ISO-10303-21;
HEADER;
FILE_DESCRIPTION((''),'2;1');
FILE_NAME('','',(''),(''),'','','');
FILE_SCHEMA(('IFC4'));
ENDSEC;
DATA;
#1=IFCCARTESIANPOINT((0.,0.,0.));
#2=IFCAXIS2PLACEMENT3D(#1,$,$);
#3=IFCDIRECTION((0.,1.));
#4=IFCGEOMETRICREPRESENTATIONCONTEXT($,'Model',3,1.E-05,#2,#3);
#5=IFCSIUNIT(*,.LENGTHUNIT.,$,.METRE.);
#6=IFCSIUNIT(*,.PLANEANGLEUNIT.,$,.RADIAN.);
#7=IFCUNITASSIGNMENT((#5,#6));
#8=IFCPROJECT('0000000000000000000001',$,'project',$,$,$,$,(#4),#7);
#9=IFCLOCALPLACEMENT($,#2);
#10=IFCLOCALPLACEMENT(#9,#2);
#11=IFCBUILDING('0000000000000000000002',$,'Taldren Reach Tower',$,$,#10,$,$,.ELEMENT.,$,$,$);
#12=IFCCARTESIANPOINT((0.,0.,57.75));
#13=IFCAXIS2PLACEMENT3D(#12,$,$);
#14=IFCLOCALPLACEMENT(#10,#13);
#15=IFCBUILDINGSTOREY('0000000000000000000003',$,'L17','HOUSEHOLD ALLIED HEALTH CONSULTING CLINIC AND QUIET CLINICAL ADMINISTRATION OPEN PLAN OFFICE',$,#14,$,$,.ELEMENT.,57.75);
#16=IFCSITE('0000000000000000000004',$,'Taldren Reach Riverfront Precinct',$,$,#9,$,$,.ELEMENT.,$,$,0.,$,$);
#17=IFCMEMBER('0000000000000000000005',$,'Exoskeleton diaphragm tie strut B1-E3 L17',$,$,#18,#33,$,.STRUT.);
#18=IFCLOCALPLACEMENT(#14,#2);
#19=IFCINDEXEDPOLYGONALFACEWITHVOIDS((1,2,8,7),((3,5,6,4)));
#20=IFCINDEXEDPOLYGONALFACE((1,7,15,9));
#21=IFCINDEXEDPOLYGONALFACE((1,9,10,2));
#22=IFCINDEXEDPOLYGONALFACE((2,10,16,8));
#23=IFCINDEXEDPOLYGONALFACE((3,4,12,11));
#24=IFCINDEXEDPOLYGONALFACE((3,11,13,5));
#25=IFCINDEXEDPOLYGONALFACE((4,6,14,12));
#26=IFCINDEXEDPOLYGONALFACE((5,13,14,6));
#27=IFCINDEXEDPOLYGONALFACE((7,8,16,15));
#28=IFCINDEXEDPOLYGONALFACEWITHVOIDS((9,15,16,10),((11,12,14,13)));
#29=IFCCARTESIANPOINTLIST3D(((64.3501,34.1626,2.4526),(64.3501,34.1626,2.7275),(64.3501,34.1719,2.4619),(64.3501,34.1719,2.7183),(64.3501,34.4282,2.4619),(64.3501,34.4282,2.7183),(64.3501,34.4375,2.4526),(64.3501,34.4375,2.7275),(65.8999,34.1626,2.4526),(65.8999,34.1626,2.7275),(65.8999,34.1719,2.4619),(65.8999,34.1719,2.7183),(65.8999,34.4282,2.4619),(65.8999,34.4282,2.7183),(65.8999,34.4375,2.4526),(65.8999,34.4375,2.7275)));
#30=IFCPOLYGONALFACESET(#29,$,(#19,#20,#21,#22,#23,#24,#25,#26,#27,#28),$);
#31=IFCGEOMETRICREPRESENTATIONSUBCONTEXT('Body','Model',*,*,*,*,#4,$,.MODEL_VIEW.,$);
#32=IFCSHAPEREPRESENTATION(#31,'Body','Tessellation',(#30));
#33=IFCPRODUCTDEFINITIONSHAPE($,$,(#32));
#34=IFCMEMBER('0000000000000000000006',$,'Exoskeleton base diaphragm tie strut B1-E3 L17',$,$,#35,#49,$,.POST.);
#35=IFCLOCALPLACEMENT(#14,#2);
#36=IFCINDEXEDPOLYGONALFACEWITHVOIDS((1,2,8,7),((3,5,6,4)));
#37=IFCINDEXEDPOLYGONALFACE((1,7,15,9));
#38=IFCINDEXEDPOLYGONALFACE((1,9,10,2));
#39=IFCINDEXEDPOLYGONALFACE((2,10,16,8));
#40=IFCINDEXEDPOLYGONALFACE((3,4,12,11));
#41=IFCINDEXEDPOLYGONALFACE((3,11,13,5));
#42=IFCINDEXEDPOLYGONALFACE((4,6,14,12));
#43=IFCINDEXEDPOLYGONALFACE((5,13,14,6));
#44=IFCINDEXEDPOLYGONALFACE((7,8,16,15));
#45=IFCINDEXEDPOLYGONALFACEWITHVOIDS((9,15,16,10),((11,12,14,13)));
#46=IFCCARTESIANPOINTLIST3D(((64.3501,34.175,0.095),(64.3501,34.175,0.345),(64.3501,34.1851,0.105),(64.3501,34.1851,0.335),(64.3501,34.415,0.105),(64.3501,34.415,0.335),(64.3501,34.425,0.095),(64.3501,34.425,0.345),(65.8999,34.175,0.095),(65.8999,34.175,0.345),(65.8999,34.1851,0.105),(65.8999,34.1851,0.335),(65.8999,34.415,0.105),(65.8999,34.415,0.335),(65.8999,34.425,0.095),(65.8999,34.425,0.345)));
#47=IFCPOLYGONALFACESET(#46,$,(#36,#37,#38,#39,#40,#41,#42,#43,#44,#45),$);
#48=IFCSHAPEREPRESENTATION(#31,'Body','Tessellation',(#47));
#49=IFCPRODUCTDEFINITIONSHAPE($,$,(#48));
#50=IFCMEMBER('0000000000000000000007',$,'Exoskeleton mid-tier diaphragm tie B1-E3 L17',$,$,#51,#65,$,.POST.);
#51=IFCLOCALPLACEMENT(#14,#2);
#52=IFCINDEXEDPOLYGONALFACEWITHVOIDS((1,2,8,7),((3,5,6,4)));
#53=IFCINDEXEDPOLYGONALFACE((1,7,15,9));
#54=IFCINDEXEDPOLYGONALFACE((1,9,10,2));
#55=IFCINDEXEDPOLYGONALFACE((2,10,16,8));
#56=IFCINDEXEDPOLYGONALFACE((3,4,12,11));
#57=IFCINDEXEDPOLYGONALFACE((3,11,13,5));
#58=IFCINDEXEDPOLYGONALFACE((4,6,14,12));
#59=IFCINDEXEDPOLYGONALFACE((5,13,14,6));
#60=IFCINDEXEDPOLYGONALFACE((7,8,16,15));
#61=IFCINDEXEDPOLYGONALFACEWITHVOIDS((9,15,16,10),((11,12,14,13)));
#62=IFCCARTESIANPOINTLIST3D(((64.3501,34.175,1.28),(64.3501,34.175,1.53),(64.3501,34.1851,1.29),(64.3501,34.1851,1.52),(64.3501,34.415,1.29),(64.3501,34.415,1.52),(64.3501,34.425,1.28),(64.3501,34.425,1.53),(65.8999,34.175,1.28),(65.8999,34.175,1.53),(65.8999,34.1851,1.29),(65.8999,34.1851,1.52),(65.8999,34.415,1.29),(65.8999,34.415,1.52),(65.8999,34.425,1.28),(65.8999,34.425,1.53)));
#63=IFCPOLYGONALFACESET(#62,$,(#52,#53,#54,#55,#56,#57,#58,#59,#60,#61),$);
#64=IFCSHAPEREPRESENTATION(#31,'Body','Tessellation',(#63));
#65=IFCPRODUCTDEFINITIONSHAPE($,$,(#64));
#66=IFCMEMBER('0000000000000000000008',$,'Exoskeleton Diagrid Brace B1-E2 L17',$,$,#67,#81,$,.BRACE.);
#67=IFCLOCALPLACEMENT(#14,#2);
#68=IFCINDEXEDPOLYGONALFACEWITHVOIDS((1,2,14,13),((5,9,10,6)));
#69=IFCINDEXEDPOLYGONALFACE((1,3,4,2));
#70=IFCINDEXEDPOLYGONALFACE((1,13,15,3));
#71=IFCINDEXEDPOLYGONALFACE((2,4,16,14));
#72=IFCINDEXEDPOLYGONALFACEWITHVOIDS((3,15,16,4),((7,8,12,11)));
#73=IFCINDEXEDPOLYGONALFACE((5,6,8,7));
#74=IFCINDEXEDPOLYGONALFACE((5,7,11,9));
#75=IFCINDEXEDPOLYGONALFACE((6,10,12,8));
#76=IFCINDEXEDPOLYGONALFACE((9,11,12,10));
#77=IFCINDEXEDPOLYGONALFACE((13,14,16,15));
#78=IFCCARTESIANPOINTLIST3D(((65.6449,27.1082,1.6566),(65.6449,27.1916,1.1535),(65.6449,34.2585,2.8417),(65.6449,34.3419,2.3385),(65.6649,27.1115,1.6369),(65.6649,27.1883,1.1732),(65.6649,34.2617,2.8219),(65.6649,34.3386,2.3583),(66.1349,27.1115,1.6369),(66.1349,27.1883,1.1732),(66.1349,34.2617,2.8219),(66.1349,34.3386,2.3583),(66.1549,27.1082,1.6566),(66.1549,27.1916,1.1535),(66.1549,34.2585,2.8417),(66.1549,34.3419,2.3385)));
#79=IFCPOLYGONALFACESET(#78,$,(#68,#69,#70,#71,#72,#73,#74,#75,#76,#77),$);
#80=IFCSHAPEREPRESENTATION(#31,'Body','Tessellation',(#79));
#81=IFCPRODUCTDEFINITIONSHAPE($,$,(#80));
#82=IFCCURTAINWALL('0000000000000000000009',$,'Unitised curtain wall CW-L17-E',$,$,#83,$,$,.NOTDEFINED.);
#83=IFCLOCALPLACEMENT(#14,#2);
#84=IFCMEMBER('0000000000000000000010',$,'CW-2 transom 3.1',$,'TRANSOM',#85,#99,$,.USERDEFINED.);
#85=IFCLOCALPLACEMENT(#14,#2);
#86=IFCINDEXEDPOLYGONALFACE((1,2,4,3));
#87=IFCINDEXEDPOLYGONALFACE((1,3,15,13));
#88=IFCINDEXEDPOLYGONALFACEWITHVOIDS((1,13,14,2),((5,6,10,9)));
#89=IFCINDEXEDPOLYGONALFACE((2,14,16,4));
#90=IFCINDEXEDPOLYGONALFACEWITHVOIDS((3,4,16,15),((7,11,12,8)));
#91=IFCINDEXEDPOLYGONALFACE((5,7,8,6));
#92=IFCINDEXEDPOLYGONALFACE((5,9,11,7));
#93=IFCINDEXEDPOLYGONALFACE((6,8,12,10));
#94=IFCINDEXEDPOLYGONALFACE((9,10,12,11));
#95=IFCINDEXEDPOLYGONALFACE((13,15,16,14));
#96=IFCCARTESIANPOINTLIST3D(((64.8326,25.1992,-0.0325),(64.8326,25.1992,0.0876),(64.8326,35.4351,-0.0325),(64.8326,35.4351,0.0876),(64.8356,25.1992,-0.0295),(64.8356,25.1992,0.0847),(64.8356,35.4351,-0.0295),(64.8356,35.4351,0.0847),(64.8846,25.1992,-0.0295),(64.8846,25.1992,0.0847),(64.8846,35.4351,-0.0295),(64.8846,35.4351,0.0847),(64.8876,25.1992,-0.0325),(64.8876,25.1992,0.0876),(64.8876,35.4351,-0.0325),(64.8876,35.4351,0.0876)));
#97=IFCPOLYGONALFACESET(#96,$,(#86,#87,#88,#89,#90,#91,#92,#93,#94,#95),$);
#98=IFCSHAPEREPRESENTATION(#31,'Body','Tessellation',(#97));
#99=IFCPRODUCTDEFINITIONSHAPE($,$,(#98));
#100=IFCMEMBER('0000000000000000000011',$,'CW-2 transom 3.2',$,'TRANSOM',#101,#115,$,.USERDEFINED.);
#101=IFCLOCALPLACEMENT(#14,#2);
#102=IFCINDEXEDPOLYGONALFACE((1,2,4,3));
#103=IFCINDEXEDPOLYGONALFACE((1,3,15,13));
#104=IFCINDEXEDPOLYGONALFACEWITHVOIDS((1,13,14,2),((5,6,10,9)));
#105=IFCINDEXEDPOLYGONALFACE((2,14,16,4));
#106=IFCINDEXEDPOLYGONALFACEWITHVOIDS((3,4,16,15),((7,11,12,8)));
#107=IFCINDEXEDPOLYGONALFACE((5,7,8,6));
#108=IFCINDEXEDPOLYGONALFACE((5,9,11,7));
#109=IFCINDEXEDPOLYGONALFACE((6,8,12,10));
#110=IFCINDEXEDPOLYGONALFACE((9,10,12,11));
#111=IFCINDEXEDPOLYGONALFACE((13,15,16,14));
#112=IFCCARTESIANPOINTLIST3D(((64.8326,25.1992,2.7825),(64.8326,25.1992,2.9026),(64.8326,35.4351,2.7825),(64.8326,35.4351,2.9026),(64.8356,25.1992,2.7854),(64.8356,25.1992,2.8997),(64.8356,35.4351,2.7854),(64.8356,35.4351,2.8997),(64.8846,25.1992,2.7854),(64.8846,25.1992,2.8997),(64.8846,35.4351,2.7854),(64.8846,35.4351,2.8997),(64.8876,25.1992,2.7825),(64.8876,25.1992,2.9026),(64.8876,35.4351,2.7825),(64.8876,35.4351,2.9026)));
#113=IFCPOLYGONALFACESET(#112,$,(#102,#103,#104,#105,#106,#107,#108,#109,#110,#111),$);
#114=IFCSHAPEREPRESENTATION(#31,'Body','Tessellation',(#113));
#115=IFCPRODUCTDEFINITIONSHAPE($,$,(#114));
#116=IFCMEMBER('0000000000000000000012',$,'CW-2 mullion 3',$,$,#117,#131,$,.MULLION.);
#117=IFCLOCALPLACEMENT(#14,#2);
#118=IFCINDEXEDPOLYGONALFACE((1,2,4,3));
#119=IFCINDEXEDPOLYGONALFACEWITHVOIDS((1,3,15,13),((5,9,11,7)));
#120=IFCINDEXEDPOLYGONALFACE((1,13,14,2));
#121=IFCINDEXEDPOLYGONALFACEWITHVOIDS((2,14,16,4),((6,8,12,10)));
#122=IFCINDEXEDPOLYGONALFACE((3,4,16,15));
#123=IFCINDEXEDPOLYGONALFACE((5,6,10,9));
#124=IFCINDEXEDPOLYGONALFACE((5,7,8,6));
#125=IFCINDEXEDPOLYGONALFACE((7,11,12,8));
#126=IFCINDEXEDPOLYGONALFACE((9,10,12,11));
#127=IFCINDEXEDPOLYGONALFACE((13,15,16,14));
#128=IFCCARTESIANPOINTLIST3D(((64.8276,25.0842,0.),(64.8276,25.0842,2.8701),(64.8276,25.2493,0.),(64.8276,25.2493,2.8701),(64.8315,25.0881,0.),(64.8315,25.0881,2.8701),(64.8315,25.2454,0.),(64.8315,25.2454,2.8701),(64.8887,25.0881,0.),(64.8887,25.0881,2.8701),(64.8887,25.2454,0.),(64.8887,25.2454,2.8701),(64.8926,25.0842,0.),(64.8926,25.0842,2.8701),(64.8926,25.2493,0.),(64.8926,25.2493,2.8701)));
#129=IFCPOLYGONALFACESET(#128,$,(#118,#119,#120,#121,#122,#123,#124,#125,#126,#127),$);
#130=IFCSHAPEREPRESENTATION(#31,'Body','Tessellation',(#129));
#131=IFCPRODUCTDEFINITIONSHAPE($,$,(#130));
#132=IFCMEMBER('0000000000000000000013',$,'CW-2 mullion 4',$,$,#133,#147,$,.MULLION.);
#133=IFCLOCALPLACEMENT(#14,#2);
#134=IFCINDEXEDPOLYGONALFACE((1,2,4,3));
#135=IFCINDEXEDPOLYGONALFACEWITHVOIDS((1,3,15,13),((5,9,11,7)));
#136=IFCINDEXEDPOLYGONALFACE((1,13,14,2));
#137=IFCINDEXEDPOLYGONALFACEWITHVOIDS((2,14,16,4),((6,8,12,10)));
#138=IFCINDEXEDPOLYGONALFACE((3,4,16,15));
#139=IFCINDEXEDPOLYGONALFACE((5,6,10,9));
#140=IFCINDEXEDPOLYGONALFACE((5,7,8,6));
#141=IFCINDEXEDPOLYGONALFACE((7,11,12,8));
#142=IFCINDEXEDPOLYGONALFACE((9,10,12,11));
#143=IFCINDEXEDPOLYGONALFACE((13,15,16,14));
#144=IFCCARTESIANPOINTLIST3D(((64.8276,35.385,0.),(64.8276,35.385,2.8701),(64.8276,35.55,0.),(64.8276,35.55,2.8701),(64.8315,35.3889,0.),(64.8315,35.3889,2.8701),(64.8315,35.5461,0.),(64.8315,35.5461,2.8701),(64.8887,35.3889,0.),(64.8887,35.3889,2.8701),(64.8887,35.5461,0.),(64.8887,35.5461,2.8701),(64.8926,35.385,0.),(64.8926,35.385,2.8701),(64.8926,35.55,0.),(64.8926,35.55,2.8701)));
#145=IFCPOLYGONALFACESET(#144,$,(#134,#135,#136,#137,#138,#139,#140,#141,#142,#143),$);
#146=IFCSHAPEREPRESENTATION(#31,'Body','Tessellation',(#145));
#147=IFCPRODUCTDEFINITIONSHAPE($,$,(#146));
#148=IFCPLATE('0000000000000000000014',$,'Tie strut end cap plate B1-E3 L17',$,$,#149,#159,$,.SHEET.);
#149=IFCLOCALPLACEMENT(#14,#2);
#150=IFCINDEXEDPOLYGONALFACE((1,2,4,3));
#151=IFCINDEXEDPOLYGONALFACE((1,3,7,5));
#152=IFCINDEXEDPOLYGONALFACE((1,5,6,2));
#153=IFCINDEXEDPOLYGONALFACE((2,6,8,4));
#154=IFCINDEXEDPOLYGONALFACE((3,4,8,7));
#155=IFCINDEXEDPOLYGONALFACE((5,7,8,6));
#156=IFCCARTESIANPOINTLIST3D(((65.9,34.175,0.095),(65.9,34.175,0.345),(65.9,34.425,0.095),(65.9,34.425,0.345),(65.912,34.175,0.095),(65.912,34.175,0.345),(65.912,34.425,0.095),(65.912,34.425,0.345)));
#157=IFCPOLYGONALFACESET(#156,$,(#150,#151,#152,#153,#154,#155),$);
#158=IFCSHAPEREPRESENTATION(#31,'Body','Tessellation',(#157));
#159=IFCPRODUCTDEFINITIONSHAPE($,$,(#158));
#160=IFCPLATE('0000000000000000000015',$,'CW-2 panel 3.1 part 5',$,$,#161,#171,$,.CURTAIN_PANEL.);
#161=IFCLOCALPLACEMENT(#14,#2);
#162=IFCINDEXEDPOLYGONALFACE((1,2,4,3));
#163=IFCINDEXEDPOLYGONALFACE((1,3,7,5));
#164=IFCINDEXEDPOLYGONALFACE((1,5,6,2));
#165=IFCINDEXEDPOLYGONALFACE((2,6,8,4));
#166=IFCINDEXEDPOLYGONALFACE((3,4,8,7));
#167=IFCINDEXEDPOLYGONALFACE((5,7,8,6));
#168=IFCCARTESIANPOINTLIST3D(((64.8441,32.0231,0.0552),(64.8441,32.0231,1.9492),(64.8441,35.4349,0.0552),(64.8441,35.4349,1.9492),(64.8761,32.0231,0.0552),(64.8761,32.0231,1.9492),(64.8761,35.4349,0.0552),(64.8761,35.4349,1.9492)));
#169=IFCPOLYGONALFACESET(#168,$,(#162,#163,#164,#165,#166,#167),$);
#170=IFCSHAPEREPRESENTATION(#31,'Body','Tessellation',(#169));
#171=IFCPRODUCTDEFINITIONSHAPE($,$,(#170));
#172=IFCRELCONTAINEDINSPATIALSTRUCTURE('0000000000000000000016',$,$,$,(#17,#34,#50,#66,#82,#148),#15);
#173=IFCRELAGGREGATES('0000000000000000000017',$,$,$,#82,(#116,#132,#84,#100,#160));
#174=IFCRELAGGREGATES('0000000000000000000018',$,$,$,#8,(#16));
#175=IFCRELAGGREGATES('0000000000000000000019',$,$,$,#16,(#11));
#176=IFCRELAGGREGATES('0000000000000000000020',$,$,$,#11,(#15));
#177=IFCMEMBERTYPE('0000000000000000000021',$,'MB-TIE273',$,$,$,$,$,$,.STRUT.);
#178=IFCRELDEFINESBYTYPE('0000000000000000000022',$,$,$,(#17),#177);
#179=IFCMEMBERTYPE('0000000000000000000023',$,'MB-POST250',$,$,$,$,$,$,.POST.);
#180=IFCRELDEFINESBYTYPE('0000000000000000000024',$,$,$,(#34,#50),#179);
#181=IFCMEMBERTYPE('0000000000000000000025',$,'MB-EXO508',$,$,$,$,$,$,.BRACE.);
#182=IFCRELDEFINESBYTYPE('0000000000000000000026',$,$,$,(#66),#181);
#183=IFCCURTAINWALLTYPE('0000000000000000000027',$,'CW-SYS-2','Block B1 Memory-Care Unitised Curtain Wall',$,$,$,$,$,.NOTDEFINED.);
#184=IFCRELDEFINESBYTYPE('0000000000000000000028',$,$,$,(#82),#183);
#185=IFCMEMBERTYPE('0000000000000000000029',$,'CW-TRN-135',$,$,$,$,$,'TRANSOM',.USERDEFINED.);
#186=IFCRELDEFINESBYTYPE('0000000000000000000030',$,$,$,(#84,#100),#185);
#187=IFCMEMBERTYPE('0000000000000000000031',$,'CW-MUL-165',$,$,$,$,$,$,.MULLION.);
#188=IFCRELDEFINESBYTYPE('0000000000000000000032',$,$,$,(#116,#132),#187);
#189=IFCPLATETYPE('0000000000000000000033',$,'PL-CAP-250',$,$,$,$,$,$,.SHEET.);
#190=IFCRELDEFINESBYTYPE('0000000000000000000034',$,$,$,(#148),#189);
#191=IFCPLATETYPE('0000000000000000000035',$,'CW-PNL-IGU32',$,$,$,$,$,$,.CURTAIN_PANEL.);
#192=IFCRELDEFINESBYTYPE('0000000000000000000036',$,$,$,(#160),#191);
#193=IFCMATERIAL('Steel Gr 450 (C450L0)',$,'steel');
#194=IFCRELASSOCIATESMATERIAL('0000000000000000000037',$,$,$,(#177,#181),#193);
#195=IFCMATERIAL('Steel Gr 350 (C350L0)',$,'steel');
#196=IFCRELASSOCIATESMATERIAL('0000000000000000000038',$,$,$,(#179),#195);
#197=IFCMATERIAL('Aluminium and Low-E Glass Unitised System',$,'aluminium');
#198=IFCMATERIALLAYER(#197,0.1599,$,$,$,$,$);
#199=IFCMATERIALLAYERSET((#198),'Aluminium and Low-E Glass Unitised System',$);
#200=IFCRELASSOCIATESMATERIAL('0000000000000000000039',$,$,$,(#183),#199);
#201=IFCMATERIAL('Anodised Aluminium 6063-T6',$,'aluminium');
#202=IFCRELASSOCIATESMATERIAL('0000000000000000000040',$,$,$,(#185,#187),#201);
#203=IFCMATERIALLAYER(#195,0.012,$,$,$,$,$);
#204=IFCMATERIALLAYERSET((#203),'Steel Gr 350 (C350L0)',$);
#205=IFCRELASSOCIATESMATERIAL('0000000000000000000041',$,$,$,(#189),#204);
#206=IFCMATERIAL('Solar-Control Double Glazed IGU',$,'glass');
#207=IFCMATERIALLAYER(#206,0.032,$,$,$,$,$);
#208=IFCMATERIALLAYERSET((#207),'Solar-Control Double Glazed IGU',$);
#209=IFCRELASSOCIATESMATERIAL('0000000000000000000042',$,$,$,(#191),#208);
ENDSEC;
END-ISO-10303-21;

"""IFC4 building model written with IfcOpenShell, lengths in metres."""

from ifc_helpers import new_model, si_unit, direction, frame, origin, origin_2d, place, context, subcontext, project, spatial, rectangle, hollow_rectangle, extrude, source, transform, mapped, material, layer, layer_set, material_profile, profile_set, type_object, element, aggregate, save


model = new_model("IFC4")

# Units and contexts
model_context = context("Model", 3, precision=1e-05, world=origin(), true_north=direction((0.0, 1.0)))
body_context = subcontext(model_context, "Body", "Model", "MODEL_VIEW")
ifc_project = project(units=[si_unit("LENGTHUNIT", "METRE"), si_unit("PLANEANGLEUNIT", "RADIAN")], contexts=[model_context])

# Site, building, storey
site_placement = place(None, origin())
site = spatial("IfcSite", under=ifc_project, at=site_placement, Name="Taldren Reach Riverfront Precinct", CompositionType="ELEMENT", RefElevation=0.0)
building_placement = place(site_placement, origin())
building = spatial("IfcBuilding", under=site, at=building_placement, Name="Taldren Reach Tower", CompositionType="ELEMENT")
storey_placement = place(building_placement, frame((0.0, 0.0, 57.75)))
storey = spatial("IfcBuildingStorey", under=building, at=storey_placement, Name="L17", Description="HOUSEHOLD ALLIED HEALTH CONSULTING CLINIC AND QUIET CLINICAL ADMINISTRATION OPEN PLAN OFFICE", CompositionType="ELEMENT", Elevation=57.75)

# Members
ifc_material_1 = material(Name="Steel Gr 450 (C450L0)", Category="steel")
ifc_material_profile_1 = material_profile(ifc_material_1, hollow_rectangle(XDim=0.2749, YDim=0.2749, WallThickness=0.0093, at=origin_2d()), Name="275x275x9.3SHS")
ifc_profile_set_1 = profile_set([ifc_material_profile_1], Name="Steel Gr 450 (C450L0)")
member_type_1 = type_object("IfcMemberType", Name="MB-TIE273", PredefinedType="STRUT", material=ifc_profile_set_1)
shared_shape_1 = source(origin(), body_context, "Body", "SweptSolid", [
    extrude(hollow_rectangle(XDim=0.2749, YDim=0.2749, WallThickness=0.0093, at=origin_2d()), origin(), (0.0, 0.0, 1.0), 1.5498),
])
member_1_placement = place(storey_placement, frame((64.3501, 34.3, 2.5901), z_axis=(1.0, 0.0, 0.0), x_axis=(0.0, 1.0, 0.0)))
element("IfcMember", 1, at=member_1_placement, inside=storey, type_object=member_type_1, Name="Exoskeleton diaphragm tie strut B1-E3 L17", PredefinedType="STRUT", context=body_context, shape_type="MappedRepresentation", body=[
    mapped(shared_shape_1, transform((0.0, 0.0, 0.0), scale=1.0)),
])
ifc_material_2 = material(Name="Steel Gr 350 (C350L0)", Category="steel")
ifc_material_profile_2 = material_profile(ifc_material_2, hollow_rectangle(XDim=0.25, YDim=0.25, WallThickness=0.01, at=origin_2d()), Name="250x250x10.0SHS")
ifc_profile_set_2 = profile_set([ifc_material_profile_2], Name="Steel Gr 350 (C350L0)")
member_type_2 = type_object("IfcMemberType", Name="MB-POST250", PredefinedType="POST", material=ifc_profile_set_2)
shared_shape_2 = source(origin(), body_context, "Body", "SweptSolid", [
    extrude(hollow_rectangle(XDim=0.25, YDim=0.25, WallThickness=0.01, at=origin_2d()), origin(), (0.0, 0.0, 1.0), 1.5498),
])
for number, where, z_axis, x_axis, name in (
    (2, (64.3501, 34.3, 0.22), (1.0, 0.0, 0.0), (0.0, 1.0, 0.0), "Exoskeleton base diaphragm tie strut B1-E3 L17"),
    (3, (64.3501, 34.3, 1.405), (1.0, 0.0, 0.0), (0.0, 1.0, 0.0), "Exoskeleton mid-tier diaphragm tie B1-E3 L17"),
):
    element("IfcMember", number, at=place(storey_placement, frame(where, z_axis=z_axis, x_axis=x_axis)), inside=storey, type_object=member_type_2, Name=name, PredefinedType="POST", context=body_context, shape_type="MappedRepresentation", body=[
        mapped(shared_shape_2, transform((0.0, 0.0, 0.0), scale=1.0)),
    ])
ifc_material_profile_3 = material_profile(ifc_material_1, hollow_rectangle(XDim=0.51, YDim=0.51, WallThickness=0.02, at=origin_2d()), Name="510x510x20.0SHS")
ifc_profile_set_3 = profile_set([ifc_material_profile_3], Name="Steel Gr 450 (C450L0)")
member_type_3 = type_object("IfcMemberType", Name="MB-EXO508", PredefinedType="BRACE", material=ifc_profile_set_3)
shared_shape_3 = source(origin(), body_context, "Body", "SweptSolid", [
    extrude(hollow_rectangle(XDim=0.51, YDim=0.51, WallThickness=0.02, at=origin_2d()), origin(), (0.0, 0.0, 1.0), 7.2478),
])
member_2_placement = place(storey_placement, frame((65.8999, 27.1499, 1.405), z_axis=(0.0, 0.986542, 0.163509), x_axis=(-1.0, 0.0, 0.0)))
element("IfcMember", 4, at=member_2_placement, inside=storey, type_object=member_type_3, Name="Exoskeleton Diagrid Brace B1-E2 L17", PredefinedType="BRACE", context=body_context, shape_type="MappedRepresentation", body=[
    mapped(shared_shape_3, transform((0.0, 0.0, 0.0), scale=1.0)),
])

# Curtain wall, members
ifc_material_3 = material(Name="Aluminium and Low-E Glass Unitised System", Category="aluminium")
ifc_layer_1 = layer(ifc_material_3, 0.1599)
ifc_layer_set_1 = layer_set([ifc_layer_1], Name="Aluminium and Low-E Glass Unitised System")
curtain_wall_type = type_object("IfcCurtainWallType", Name="CW-SYS-2", Description="Block B1 Memory-Care Unitised Curtain Wall", PredefinedType="NOTDEFINED", material=ifc_layer_set_1)
curtain_wall_placement = place(storey_placement, origin())
curtain_wall = element("IfcCurtainWall", 5, at=curtain_wall_placement, inside=storey, type_object=curtain_wall_type, Name="Unitised curtain wall CW-L17-E", PredefinedType="NOTDEFINED")
ifc_material_4 = material(Name="Anodised Aluminium 6063-T6", Category="aluminium")
ifc_material_profile_4 = material_profile(ifc_material_4, hollow_rectangle(XDim=0.0549, YDim=0.1201, WallThickness=0.0029, at=origin_2d()), Name="ALU-120x55x3RHS")
ifc_profile_set_4 = profile_set([ifc_material_profile_4], Name="Anodised Aluminium 6063-T6")
member_type_4 = type_object("IfcMemberType", Name="CW-TRN-135", ElementType="TRANSOM", PredefinedType="USERDEFINED", material=ifc_profile_set_4)
shared_shape_4 = source(origin(), body_context, "Body", "SweptSolid", [
    extrude(hollow_rectangle(XDim=0.0549, YDim=0.1201, WallThickness=0.0029, at=origin_2d()), origin(), (0.0, 0.0, 1.0), 10.2358),
])
member_3_placement = place(storey_placement, frame((64.8601, 25.1992, 0.0276), z_axis=(0.0, 1.0, 0.0), x_axis=(-1.0, 0.0, 0.0)))
member_3 = element("IfcMember", 6, at=member_3_placement, type_object=member_type_4, Name="CW-2 transom 3.1", ObjectType="TRANSOM", PredefinedType="USERDEFINED", context=body_context, shape_type="MappedRepresentation", body=[
    mapped(shared_shape_4, transform((0.0, 0.0, 0.0), scale=1.0)),
])
member_4_placement = place(storey_placement, frame((64.8601, 25.1992, 2.8425), z_axis=(0.0, 1.0, 0.0), x_axis=(-1.0, 0.0, 0.0)))
member_4 = element("IfcMember", 7, at=member_4_placement, type_object=member_type_4, Name="CW-2 transom 3.2", ObjectType="TRANSOM", PredefinedType="USERDEFINED", context=body_context, shape_type="MappedRepresentation", body=[
    mapped(shared_shape_4, transform((0.0, 0.0, 0.0), scale=1.0)),
])
ifc_material_profile_5 = material_profile(ifc_material_4, hollow_rectangle(XDim=0.0649, YDim=0.165, WallThickness=0.0039, at=origin_2d()), Name="ALU-165x65x4RHS")
ifc_profile_set_5 = profile_set([ifc_material_profile_5], Name="Anodised Aluminium 6063-T6")
member_type_5 = type_object("IfcMemberType", Name="CW-MUL-165", PredefinedType="MULLION", material=ifc_profile_set_5)
shared_shape_5 = source(origin(), body_context, "Body", "SweptSolid", [
    extrude(hollow_rectangle(XDim=0.0649, YDim=0.165, WallThickness=0.0039, at=origin_2d()), origin(), (0.0, 0.0, 1.0), 2.8701),
])
member_5_placement = place(storey_placement, frame((64.8601, 25.1667, 0.0), z_axis=(0.0, 0.0, 1.0), x_axis=(-1.0, 0.0, 0.0)))
member_5 = element("IfcMember", 8, at=member_5_placement, type_object=member_type_5, Name="CW-2 mullion 3", PredefinedType="MULLION", context=body_context, shape_type="MappedRepresentation", body=[
    mapped(shared_shape_5, transform((0.0, 0.0, 0.0), scale=1.0)),
])
member_6_placement = place(storey_placement, frame((64.8601, 35.4675, 0.0), z_axis=(0.0, 0.0, 1.0), x_axis=(-1.0, 0.0, 0.0)))
member_6 = element("IfcMember", 9, at=member_6_placement, type_object=member_type_5, Name="CW-2 mullion 4", PredefinedType="MULLION", context=body_context, shape_type="MappedRepresentation", body=[
    mapped(shared_shape_5, transform((0.0, 0.0, 0.0), scale=1.0)),
])

# Plates
ifc_layer_2 = layer(ifc_material_2, 0.012)
ifc_layer_set_2 = layer_set([ifc_layer_2], Name="Steel Gr 350 (C350L0)")
plate_type_1 = type_object("IfcPlateType", Name="PL-CAP-250", PredefinedType="SHEET", material=ifc_layer_set_2)
shared_shape_6 = source(origin(), body_context, "Body", "SweptSolid", [
    extrude(rectangle(XDim=0.012, YDim=0.25, at=origin_2d()), origin(), (0.0, 0.0, 1.0), 0.25),
])
plate_1_placement = place(storey_placement, frame((65.906, 34.3, 0.095), z_axis=(0.0, 0.0, 1.0), x_axis=(1.0, 0.0, 0.0)))
element("IfcPlate", 10, at=plate_1_placement, inside=storey, type_object=plate_type_1, Name="Tie strut end cap plate B1-E3 L17", PredefinedType="SHEET", context=body_context, shape_type="MappedRepresentation", body=[
    mapped(shared_shape_6, transform((0.0, 0.0, 0.0), scale=1.0)),
])
ifc_material_5 = material(Name="Solar-Control Double Glazed IGU", Category="glass")
ifc_layer_3 = layer(ifc_material_5, 0.032)
ifc_layer_set_3 = layer_set([ifc_layer_3], Name="Solar-Control Double Glazed IGU")
plate_type_2 = type_object("IfcPlateType", Name="CW-PNL-IGU32", PredefinedType="CURTAIN_PANEL", material=ifc_layer_set_3)
shared_shape_7 = source(origin(), body_context, "Body", "SweptSolid", [
    extrude(rectangle(XDim=3.4119, YDim=0.032, at=origin_2d()), origin(), (0.0, 0.0, 1.0), 1.894),
])
plate_2_placement = place(storey_placement, frame((64.8601, 33.729, 0.0552), z_axis=(0.0, 0.0, 1.0), x_axis=(0.0, 1.0, 0.0)))
plate_2 = element("IfcPlate", 11, at=plate_2_placement, type_object=plate_type_2, Name="CW-2 panel 3.1 part 5", PredefinedType="CURTAIN_PANEL", context=body_context, shape_type="MappedRepresentation", body=[
    mapped(shared_shape_7, transform((0.0, 0.0, 0.0), scale=1.0)),
])
aggregate(curtain_wall, [member_5, member_6, member_3, member_4, plate_2])

save(model, "model.ifc")
